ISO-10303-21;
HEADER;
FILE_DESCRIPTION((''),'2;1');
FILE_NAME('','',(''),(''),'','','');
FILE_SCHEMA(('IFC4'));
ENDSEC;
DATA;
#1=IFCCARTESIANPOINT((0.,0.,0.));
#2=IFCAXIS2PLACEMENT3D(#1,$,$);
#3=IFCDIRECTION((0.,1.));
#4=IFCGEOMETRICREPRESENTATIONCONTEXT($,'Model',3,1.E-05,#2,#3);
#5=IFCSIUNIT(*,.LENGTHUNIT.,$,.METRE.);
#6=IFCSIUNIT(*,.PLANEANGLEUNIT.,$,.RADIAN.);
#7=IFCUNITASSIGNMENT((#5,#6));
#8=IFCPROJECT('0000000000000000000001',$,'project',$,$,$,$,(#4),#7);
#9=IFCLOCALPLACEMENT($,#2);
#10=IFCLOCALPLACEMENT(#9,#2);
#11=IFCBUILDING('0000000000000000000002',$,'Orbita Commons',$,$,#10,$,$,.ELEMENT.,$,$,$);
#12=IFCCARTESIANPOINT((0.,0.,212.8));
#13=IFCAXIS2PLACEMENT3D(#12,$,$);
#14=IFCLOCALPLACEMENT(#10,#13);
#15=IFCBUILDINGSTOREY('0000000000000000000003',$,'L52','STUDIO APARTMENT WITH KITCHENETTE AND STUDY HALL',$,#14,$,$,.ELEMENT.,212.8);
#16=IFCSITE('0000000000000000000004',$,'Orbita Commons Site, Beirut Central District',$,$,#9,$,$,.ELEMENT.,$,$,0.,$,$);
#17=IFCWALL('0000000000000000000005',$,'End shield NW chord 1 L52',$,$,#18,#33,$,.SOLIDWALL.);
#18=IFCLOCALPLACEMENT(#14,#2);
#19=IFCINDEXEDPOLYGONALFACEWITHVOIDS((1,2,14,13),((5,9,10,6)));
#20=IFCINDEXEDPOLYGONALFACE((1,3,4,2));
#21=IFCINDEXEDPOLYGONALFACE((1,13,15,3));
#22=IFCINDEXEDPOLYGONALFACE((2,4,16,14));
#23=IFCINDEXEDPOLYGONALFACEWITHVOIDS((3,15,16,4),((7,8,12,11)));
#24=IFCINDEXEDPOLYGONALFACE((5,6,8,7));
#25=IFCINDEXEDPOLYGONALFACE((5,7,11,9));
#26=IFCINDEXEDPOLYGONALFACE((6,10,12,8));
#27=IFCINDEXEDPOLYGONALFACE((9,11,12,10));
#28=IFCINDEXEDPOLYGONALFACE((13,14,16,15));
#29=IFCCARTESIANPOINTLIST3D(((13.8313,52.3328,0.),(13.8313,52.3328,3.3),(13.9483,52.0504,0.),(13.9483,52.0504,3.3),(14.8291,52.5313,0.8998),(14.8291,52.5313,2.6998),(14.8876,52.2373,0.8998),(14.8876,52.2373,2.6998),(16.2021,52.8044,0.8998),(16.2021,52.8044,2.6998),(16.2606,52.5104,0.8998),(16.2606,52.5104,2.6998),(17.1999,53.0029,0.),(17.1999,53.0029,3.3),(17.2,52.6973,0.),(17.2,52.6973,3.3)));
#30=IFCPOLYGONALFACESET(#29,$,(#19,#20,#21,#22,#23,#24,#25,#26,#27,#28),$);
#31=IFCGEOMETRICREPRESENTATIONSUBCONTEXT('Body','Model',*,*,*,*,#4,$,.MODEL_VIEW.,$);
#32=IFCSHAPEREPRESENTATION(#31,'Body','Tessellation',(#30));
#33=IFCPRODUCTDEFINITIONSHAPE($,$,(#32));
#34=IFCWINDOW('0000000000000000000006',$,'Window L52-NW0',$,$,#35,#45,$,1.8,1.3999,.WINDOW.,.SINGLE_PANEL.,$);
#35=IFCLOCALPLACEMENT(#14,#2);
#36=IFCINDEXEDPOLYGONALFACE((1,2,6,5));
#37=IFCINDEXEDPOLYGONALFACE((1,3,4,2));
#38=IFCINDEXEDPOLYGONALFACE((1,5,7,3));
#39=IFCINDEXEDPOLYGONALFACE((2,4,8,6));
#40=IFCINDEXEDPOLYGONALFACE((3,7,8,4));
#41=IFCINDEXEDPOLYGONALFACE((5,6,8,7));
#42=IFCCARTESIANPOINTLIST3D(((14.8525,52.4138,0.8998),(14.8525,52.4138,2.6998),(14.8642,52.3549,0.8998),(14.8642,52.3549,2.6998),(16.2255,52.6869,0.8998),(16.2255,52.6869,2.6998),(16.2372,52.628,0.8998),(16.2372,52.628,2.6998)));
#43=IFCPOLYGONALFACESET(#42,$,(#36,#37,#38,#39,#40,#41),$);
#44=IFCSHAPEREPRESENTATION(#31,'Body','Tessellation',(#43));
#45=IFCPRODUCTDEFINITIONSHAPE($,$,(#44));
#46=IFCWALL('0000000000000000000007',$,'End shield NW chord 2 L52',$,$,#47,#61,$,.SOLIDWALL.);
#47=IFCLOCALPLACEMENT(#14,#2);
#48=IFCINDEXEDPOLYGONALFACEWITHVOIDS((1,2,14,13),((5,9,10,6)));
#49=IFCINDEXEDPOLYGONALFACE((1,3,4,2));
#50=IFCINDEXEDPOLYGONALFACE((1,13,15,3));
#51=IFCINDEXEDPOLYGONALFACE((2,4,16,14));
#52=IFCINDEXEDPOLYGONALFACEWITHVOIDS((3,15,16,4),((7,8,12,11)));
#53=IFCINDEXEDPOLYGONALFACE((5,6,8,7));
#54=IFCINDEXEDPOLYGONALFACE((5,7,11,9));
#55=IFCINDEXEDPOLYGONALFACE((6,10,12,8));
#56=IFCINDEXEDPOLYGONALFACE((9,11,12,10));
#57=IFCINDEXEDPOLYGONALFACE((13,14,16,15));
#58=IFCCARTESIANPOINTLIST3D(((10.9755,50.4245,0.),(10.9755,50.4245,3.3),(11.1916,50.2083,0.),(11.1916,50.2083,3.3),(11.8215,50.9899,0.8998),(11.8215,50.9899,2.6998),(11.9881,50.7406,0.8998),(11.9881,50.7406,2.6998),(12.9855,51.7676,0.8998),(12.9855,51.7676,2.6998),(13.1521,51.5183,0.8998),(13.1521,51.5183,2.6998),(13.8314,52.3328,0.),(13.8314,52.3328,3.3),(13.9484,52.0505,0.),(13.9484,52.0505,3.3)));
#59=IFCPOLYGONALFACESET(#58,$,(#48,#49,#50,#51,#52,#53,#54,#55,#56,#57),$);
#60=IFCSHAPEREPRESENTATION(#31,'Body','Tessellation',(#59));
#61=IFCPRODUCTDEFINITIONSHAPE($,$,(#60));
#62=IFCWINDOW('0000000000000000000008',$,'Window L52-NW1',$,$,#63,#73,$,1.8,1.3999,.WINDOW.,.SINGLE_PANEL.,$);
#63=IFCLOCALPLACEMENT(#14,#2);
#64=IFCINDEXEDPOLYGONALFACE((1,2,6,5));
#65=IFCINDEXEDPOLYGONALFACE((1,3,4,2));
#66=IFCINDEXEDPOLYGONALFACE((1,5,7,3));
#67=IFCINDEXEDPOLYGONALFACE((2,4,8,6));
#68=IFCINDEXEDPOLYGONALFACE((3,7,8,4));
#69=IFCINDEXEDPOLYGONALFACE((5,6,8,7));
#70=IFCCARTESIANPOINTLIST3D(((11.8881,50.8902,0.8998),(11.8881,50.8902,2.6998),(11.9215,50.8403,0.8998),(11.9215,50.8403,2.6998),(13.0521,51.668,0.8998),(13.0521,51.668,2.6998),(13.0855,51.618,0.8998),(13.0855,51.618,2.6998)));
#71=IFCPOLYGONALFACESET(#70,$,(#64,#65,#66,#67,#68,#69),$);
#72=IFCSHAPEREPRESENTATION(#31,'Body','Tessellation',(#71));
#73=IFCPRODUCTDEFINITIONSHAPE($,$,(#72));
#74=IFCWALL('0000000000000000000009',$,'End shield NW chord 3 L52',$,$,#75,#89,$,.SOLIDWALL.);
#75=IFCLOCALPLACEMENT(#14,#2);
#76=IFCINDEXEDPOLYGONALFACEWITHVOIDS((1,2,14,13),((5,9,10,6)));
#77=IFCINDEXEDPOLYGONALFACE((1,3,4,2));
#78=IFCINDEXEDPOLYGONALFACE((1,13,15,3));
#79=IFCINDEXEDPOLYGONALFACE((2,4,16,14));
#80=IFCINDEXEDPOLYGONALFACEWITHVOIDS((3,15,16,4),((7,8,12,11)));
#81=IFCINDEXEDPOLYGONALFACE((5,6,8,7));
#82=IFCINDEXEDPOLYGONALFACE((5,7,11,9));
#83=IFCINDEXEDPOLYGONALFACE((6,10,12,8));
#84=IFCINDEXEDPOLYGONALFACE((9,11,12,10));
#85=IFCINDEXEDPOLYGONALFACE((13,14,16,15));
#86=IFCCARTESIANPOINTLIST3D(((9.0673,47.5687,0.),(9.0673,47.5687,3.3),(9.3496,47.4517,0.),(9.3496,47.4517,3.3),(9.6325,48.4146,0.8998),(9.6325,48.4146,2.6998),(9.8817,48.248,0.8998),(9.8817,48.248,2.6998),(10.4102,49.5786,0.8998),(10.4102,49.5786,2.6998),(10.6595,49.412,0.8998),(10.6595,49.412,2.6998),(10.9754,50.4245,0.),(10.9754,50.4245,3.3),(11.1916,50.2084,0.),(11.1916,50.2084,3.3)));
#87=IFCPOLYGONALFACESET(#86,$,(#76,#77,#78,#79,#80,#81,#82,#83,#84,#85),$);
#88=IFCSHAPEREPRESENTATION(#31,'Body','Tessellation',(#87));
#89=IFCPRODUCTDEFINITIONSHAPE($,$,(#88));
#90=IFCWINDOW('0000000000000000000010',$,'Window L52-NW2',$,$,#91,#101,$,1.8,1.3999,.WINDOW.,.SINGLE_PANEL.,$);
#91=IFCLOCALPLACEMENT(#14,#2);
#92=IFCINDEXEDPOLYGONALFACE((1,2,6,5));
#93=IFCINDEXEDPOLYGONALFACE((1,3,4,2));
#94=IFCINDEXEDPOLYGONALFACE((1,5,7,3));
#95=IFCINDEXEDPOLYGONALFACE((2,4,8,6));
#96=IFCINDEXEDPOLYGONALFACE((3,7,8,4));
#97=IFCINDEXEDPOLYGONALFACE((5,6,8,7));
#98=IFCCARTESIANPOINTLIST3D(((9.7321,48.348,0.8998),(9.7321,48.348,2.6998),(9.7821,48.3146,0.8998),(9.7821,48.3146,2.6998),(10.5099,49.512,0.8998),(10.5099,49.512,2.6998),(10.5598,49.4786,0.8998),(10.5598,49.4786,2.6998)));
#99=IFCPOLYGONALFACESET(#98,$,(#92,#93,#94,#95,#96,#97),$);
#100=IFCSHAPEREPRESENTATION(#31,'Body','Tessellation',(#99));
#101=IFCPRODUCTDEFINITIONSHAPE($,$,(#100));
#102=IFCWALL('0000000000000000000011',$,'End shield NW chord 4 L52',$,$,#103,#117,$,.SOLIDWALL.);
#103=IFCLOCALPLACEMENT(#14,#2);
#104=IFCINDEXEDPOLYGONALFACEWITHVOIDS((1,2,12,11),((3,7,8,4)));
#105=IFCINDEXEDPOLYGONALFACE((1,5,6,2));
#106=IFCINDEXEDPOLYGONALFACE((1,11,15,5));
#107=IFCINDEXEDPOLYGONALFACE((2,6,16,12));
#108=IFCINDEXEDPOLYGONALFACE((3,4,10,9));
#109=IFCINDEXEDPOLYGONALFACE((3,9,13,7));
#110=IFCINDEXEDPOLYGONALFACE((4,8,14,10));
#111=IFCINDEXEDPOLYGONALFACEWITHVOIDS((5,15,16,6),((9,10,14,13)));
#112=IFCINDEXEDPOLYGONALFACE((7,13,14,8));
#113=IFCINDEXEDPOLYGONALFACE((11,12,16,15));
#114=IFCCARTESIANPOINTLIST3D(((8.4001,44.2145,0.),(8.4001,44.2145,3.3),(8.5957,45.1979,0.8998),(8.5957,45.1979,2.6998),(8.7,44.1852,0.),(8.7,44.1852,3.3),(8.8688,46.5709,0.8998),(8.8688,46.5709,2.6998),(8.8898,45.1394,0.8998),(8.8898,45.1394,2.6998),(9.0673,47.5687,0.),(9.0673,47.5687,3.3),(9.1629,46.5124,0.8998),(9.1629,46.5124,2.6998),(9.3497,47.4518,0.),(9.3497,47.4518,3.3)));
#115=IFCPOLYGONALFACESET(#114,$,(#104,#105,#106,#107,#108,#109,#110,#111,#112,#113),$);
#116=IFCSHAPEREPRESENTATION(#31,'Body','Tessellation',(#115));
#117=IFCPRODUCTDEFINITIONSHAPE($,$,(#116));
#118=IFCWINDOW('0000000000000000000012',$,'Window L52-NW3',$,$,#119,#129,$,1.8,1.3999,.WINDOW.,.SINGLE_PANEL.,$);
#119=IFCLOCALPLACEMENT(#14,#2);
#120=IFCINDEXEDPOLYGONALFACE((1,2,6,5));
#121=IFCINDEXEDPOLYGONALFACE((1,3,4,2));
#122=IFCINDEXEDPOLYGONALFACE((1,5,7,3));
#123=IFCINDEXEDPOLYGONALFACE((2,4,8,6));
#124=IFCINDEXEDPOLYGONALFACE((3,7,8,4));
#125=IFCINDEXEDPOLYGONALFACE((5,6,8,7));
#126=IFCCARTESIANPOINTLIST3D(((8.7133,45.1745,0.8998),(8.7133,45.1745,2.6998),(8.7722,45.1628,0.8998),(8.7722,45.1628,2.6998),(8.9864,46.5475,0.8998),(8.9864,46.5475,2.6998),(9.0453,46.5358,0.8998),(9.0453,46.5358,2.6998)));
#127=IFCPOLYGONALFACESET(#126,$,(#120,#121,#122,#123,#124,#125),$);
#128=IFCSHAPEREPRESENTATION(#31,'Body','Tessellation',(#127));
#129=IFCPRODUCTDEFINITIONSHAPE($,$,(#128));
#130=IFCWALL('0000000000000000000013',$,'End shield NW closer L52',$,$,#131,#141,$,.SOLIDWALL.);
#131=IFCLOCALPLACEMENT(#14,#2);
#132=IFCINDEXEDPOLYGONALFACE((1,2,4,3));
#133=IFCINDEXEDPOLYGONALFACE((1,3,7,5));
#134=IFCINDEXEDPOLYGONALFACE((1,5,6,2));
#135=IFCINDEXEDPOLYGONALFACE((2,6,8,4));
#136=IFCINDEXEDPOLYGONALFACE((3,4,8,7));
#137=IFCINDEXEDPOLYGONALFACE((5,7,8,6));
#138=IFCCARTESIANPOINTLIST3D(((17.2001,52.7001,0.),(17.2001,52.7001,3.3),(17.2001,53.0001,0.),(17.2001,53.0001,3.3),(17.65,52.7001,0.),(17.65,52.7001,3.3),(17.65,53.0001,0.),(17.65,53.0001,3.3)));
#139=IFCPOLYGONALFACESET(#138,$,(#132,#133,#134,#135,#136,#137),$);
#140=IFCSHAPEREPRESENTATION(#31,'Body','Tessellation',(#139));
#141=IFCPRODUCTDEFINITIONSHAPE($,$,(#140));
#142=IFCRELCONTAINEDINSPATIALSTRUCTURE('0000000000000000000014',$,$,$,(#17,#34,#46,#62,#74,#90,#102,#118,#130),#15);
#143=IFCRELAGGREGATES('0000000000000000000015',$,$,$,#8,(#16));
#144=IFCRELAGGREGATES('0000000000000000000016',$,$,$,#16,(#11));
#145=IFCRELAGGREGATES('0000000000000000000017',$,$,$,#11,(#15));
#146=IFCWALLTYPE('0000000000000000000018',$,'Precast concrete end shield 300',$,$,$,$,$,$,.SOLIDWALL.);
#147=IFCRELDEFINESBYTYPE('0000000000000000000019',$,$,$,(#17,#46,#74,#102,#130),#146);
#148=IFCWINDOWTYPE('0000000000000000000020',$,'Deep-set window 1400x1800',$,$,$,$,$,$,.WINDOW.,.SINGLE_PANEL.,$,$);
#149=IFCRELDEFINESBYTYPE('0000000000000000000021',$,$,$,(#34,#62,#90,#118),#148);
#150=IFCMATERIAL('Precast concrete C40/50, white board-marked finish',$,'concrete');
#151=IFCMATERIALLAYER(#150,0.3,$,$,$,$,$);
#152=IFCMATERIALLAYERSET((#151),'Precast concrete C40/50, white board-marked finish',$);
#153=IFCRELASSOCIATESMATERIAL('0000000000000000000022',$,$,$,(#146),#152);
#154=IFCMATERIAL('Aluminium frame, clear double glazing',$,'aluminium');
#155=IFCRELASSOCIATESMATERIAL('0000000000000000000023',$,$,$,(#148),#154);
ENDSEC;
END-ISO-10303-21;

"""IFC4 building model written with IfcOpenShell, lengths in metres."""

from ifc_helpers import new_model, si_unit, direction, frame, frame_2d, origin, place, context, subcontext, project, spatial, polyline, rectangle, outline, extrude, material, layer, layer_set, type_object, element, fill, save


model = new_model("IFC4")

# Units and contexts
model_context = context("Model", 3, precision=1e-05, world=origin(), true_north=direction((0.0, 1.0)))
body_context = subcontext(model_context, "Body", "Model", "MODEL_VIEW")
ifc_project = project(units=[si_unit("LENGTHUNIT", "METRE"), si_unit("PLANEANGLEUNIT", "RADIAN")], contexts=[model_context])

# Site, building, storey
site_placement = place(None, origin())
site = spatial("IfcSite", under=ifc_project, at=site_placement, Name="Orbita Commons Site, Beirut Central District", CompositionType="ELEMENT", RefElevation=0.0)
building_placement = place(site_placement, origin())
building = spatial("IfcBuilding", under=site, at=building_placement, Name="Orbita Commons", CompositionType="ELEMENT")
storey_placement = place(building_placement, frame((0.0, 0.0, 212.8)))
storey = spatial("IfcBuildingStorey", under=building, at=storey_placement, Name="L52", Description="STUDIO APARTMENT WITH KITCHENETTE AND STUDY HALL", CompositionType="ELEMENT", Elevation=212.8)

# Walls, openings, windows
ifc_material_1 = material(Name="Precast concrete C40/50, white board-marked finish", Category="concrete")
ifc_layer_1 = layer(ifc_material_1, 0.3)
ifc_layer_set_1 = layer_set([ifc_layer_1], Name="Precast concrete C40/50, white board-marked finish")
wall_type_1 = type_object("IfcWallType", Name="Precast concrete end shield 300", PredefinedType="SOLIDWALL", material=ifc_layer_set_1)
wall_1_placement = place(storey_placement, frame((17.2, 52.8501, 0.0), z_axis=(0.0, 0.0, 1.0), x_axis=(-0.980783, -0.1951, 0.0)))
wall_1 = element("IfcWall", 1, at=wall_1_placement, inside=storey, type_object=wall_type_1, Name="End shield NW chord 1 L52", PredefinedType="SOLIDWALL", context=body_context, shape_type="SweptSolid", body=[
    extrude(outline(polyline([(-0.0298, -0.1499), (3.4048, -0.1499), (3.3452, 0.1499), (0.0298, 0.1499), (-0.0298, -0.1499)])), origin(), (0.0, 0.0, 1.0), 3.3),
])
opening_1_placement = place(wall_1_placement, frame((0.9875, 0.0, 0.8999)))
opening_1 = element("IfcOpeningElement", 2, at=opening_1_placement, cuts=wall_1, PredefinedType="OPENING", context=body_context, shape_type="SweptSolid", body=[
    extrude(rectangle(XDim=1.3999, YDim=1.8, at=frame_2d((0.7, 0.8999))), frame((0.0, 0.1599, 0.0), z_axis=(0.0, -1.0, 0.0), x_axis=(1.0, 0.0, 0.0)), (0.0, 0.0, 1.0), 0.3201),
])
ifc_material_2 = material(Name="Aluminium frame, clear double glazing", Category="aluminium")
window_type = type_object("IfcWindowType", Name="Deep-set window 1400x1800", PartitioningType="SINGLE_PANEL", PredefinedType="WINDOW", material=ifc_material_2)
window_1_placement = place(opening_1_placement, origin())
window_1 = element("IfcWindow", 3, at=window_1_placement, inside=storey, type_object=window_type, Name="Window L52-NW0", OverallHeight=1.8, OverallWidth=1.3999, PartitioningType="SINGLE_PANEL", PredefinedType="WINDOW", context=body_context, shape_type="SweptSolid", body=[
    extrude(rectangle(XDim=1.3999, YDim=1.8, at=frame_2d((0.7, 0.8999))), frame((0.0, 0.03, 0.0), z_axis=(0.0, -1.0, 0.0), x_axis=(1.0, 0.0, 0.0)), (0.0, 0.0, 1.0), 0.0601),
])
fill(opening_1, window_1)
wall_2_placement = place(storey_placement, frame((13.8899, 52.1917, 0.0), z_axis=(0.0, 0.0, 1.0), x_axis=(-0.83146, -0.555585, 0.0)))
wall_2 = element("IfcWall", 4, at=wall_2_placement, inside=storey, type_object=wall_type_1, Name="End shield NW chord 2 L52", PredefinedType="SOLIDWALL", context=body_context, shape_type="SweptSolid", body=[
    extrude(outline(polyline([(-0.0298, -0.1499), (3.405, -0.1499), (3.3455, 0.1499), (0.0298, 0.1499), (-0.0298, -0.1499)])), origin(), (0.0, 0.0, 1.0), 3.3),
])
opening_2_placement = place(wall_2_placement, frame((0.9875, 0.0, 0.8999)))
opening_2 = element("IfcOpeningElement", 5, at=opening_2_placement, cuts=wall_2, PredefinedType="OPENING", context=body_context, shape_type="SweptSolid", body=[
    extrude(rectangle(XDim=1.3999, YDim=1.8, at=frame_2d((0.7, 0.8999))), frame((0.0, 0.1599, 0.0), z_axis=(0.0, -1.0, 0.0), x_axis=(1.0, 0.0, 0.0)), (0.0, 0.0, 1.0), 0.3201),
])
window_2_placement = place(opening_2_placement, origin())
window_2 = element("IfcWindow", 6, at=window_2_placement, inside=storey, type_object=window_type, Name="Window L52-NW1", OverallHeight=1.8, OverallWidth=1.3999, PartitioningType="SINGLE_PANEL", PredefinedType="WINDOW", context=body_context, shape_type="SweptSolid", body=[
    extrude(rectangle(XDim=1.3999, YDim=1.8, at=frame_2d((0.7, 0.8999))), frame((0.0, 0.03, 0.0), z_axis=(0.0, -1.0, 0.0), x_axis=(1.0, 0.0, 0.0)), (0.0, 0.0, 1.0), 0.0601),
])
fill(opening_2, window_2)
wall_3_placement = place(storey_placement, frame((11.0835, 50.3164, 0.0), z_axis=(0.0, 0.0, 1.0), x_axis=(-0.555568, -0.831471, 0.0)))
wall_3 = element("IfcWall", 7, at=wall_3_placement, inside=storey, type_object=wall_type_1, Name="End shield NW chord 3 L52", PredefinedType="SOLIDWALL", context=body_context, shape_type="SweptSolid", body=[
    extrude(outline(polyline([(-0.0298, -0.1499), (3.4048, -0.1499), (3.3452, 0.1499), (0.0298, 0.1499), (-0.0298, -0.1499)])), origin(), (0.0, 0.0, 1.0), 3.3),
])
opening_3_placement = place(wall_3_placement, frame((0.9875, 0.0, 0.8999)))
opening_3 = element("IfcOpeningElement", 8, at=opening_3_placement, cuts=wall_3, PredefinedType="OPENING", context=body_context, shape_type="SweptSolid", body=[
    extrude(rectangle(XDim=1.3999, YDim=1.8, at=frame_2d((0.7, 0.8999))), frame((0.0, 0.1599, 0.0), z_axis=(0.0, -1.0, 0.0), x_axis=(1.0, 0.0, 0.0)), (0.0, 0.0, 1.0), 0.3201),
])
window_3_placement = place(opening_3_placement, origin())
window_3 = element("IfcWindow", 9, at=window_3_placement, inside=storey, type_object=window_type, Name="Window L52-NW2", OverallHeight=1.8, OverallWidth=1.3999, PartitioningType="SINGLE_PANEL", PredefinedType="WINDOW", context=body_context, shape_type="SweptSolid", body=[
    extrude(rectangle(XDim=1.3999, YDim=1.8, at=frame_2d((0.7, 0.8999))), frame((0.0, 0.03, 0.0), z_axis=(0.0, -1.0, 0.0), x_axis=(1.0, 0.0, 0.0)), (0.0, 0.0, 1.0), 0.0601),
])
fill(opening_3, window_3)
wall_4_placement = place(storey_placement, frame((9.2085, 47.5103, 0.0), z_axis=(0.0, 0.0, 1.0), x_axis=(-0.195087, -0.980786, 0.0)))
wall_4 = element("IfcWall", 10, at=wall_4_placement, inside=storey, type_object=wall_type_1, Name="End shield NW chord 4 L52", PredefinedType="SOLIDWALL", context=body_context, shape_type="SweptSolid", body=[
    extrude(outline(polyline([(-0.0298, -0.1499), (3.3901, -0.1499), (3.3604, 0.1499), (0.0298, 0.1499), (-0.0298, -0.1499)])), origin(), (0.0, 0.0, 1.0), 3.3),
])
opening_4_placement = place(wall_4_placement, frame((0.9875, 0.0, 0.8999)))
opening_4 = element("IfcOpeningElement", 11, at=opening_4_placement, cuts=wall_4, PredefinedType="OPENING", context=body_context, shape_type="SweptSolid", body=[
    extrude(rectangle(XDim=1.3999, YDim=1.8, at=frame_2d((0.7, 0.8999))), frame((0.0, 0.1599, 0.0), z_axis=(0.0, -1.0, 0.0), x_axis=(1.0, 0.0, 0.0)), (0.0, 0.0, 1.0), 0.3201),
])
window_4_placement = place(opening_4_placement, origin())
window_4 = element("IfcWindow", 12, at=window_4_placement, inside=storey, type_object=window_type, Name="Window L52-NW3", OverallHeight=1.8, OverallWidth=1.3999, PartitioningType="SINGLE_PANEL", PredefinedType="WINDOW", context=body_context, shape_type="SweptSolid", body=[
    extrude(rectangle(XDim=1.3999, YDim=1.8, at=frame_2d((0.7, 0.8999))), frame((0.0, 0.03, 0.0), z_axis=(0.0, -1.0, 0.0), x_axis=(1.0, 0.0, 0.0)), (0.0, 0.0, 1.0), 0.0601),
])
fill(opening_4, window_4)

# Wall
wall_5_placement = place(storey_placement, frame((17.2, 52.8501, 0.0), z_axis=(0.0, 0.0, 1.0), x_axis=(1.0, 0.0, 0.0)))
element("IfcWall", 13, at=wall_5_placement, inside=storey, type_object=wall_type_1, Name="End shield NW closer L52", PredefinedType="SOLIDWALL", context=body_context, shape_type="SweptSolid", body=[
    extrude(rectangle(XDim=0.45, YDim=0.3, at=frame_2d((0.2251, 0.0))), origin(), (0.0, 0.0, 1.0), 3.3),
])

save(model, "model.ifc")
